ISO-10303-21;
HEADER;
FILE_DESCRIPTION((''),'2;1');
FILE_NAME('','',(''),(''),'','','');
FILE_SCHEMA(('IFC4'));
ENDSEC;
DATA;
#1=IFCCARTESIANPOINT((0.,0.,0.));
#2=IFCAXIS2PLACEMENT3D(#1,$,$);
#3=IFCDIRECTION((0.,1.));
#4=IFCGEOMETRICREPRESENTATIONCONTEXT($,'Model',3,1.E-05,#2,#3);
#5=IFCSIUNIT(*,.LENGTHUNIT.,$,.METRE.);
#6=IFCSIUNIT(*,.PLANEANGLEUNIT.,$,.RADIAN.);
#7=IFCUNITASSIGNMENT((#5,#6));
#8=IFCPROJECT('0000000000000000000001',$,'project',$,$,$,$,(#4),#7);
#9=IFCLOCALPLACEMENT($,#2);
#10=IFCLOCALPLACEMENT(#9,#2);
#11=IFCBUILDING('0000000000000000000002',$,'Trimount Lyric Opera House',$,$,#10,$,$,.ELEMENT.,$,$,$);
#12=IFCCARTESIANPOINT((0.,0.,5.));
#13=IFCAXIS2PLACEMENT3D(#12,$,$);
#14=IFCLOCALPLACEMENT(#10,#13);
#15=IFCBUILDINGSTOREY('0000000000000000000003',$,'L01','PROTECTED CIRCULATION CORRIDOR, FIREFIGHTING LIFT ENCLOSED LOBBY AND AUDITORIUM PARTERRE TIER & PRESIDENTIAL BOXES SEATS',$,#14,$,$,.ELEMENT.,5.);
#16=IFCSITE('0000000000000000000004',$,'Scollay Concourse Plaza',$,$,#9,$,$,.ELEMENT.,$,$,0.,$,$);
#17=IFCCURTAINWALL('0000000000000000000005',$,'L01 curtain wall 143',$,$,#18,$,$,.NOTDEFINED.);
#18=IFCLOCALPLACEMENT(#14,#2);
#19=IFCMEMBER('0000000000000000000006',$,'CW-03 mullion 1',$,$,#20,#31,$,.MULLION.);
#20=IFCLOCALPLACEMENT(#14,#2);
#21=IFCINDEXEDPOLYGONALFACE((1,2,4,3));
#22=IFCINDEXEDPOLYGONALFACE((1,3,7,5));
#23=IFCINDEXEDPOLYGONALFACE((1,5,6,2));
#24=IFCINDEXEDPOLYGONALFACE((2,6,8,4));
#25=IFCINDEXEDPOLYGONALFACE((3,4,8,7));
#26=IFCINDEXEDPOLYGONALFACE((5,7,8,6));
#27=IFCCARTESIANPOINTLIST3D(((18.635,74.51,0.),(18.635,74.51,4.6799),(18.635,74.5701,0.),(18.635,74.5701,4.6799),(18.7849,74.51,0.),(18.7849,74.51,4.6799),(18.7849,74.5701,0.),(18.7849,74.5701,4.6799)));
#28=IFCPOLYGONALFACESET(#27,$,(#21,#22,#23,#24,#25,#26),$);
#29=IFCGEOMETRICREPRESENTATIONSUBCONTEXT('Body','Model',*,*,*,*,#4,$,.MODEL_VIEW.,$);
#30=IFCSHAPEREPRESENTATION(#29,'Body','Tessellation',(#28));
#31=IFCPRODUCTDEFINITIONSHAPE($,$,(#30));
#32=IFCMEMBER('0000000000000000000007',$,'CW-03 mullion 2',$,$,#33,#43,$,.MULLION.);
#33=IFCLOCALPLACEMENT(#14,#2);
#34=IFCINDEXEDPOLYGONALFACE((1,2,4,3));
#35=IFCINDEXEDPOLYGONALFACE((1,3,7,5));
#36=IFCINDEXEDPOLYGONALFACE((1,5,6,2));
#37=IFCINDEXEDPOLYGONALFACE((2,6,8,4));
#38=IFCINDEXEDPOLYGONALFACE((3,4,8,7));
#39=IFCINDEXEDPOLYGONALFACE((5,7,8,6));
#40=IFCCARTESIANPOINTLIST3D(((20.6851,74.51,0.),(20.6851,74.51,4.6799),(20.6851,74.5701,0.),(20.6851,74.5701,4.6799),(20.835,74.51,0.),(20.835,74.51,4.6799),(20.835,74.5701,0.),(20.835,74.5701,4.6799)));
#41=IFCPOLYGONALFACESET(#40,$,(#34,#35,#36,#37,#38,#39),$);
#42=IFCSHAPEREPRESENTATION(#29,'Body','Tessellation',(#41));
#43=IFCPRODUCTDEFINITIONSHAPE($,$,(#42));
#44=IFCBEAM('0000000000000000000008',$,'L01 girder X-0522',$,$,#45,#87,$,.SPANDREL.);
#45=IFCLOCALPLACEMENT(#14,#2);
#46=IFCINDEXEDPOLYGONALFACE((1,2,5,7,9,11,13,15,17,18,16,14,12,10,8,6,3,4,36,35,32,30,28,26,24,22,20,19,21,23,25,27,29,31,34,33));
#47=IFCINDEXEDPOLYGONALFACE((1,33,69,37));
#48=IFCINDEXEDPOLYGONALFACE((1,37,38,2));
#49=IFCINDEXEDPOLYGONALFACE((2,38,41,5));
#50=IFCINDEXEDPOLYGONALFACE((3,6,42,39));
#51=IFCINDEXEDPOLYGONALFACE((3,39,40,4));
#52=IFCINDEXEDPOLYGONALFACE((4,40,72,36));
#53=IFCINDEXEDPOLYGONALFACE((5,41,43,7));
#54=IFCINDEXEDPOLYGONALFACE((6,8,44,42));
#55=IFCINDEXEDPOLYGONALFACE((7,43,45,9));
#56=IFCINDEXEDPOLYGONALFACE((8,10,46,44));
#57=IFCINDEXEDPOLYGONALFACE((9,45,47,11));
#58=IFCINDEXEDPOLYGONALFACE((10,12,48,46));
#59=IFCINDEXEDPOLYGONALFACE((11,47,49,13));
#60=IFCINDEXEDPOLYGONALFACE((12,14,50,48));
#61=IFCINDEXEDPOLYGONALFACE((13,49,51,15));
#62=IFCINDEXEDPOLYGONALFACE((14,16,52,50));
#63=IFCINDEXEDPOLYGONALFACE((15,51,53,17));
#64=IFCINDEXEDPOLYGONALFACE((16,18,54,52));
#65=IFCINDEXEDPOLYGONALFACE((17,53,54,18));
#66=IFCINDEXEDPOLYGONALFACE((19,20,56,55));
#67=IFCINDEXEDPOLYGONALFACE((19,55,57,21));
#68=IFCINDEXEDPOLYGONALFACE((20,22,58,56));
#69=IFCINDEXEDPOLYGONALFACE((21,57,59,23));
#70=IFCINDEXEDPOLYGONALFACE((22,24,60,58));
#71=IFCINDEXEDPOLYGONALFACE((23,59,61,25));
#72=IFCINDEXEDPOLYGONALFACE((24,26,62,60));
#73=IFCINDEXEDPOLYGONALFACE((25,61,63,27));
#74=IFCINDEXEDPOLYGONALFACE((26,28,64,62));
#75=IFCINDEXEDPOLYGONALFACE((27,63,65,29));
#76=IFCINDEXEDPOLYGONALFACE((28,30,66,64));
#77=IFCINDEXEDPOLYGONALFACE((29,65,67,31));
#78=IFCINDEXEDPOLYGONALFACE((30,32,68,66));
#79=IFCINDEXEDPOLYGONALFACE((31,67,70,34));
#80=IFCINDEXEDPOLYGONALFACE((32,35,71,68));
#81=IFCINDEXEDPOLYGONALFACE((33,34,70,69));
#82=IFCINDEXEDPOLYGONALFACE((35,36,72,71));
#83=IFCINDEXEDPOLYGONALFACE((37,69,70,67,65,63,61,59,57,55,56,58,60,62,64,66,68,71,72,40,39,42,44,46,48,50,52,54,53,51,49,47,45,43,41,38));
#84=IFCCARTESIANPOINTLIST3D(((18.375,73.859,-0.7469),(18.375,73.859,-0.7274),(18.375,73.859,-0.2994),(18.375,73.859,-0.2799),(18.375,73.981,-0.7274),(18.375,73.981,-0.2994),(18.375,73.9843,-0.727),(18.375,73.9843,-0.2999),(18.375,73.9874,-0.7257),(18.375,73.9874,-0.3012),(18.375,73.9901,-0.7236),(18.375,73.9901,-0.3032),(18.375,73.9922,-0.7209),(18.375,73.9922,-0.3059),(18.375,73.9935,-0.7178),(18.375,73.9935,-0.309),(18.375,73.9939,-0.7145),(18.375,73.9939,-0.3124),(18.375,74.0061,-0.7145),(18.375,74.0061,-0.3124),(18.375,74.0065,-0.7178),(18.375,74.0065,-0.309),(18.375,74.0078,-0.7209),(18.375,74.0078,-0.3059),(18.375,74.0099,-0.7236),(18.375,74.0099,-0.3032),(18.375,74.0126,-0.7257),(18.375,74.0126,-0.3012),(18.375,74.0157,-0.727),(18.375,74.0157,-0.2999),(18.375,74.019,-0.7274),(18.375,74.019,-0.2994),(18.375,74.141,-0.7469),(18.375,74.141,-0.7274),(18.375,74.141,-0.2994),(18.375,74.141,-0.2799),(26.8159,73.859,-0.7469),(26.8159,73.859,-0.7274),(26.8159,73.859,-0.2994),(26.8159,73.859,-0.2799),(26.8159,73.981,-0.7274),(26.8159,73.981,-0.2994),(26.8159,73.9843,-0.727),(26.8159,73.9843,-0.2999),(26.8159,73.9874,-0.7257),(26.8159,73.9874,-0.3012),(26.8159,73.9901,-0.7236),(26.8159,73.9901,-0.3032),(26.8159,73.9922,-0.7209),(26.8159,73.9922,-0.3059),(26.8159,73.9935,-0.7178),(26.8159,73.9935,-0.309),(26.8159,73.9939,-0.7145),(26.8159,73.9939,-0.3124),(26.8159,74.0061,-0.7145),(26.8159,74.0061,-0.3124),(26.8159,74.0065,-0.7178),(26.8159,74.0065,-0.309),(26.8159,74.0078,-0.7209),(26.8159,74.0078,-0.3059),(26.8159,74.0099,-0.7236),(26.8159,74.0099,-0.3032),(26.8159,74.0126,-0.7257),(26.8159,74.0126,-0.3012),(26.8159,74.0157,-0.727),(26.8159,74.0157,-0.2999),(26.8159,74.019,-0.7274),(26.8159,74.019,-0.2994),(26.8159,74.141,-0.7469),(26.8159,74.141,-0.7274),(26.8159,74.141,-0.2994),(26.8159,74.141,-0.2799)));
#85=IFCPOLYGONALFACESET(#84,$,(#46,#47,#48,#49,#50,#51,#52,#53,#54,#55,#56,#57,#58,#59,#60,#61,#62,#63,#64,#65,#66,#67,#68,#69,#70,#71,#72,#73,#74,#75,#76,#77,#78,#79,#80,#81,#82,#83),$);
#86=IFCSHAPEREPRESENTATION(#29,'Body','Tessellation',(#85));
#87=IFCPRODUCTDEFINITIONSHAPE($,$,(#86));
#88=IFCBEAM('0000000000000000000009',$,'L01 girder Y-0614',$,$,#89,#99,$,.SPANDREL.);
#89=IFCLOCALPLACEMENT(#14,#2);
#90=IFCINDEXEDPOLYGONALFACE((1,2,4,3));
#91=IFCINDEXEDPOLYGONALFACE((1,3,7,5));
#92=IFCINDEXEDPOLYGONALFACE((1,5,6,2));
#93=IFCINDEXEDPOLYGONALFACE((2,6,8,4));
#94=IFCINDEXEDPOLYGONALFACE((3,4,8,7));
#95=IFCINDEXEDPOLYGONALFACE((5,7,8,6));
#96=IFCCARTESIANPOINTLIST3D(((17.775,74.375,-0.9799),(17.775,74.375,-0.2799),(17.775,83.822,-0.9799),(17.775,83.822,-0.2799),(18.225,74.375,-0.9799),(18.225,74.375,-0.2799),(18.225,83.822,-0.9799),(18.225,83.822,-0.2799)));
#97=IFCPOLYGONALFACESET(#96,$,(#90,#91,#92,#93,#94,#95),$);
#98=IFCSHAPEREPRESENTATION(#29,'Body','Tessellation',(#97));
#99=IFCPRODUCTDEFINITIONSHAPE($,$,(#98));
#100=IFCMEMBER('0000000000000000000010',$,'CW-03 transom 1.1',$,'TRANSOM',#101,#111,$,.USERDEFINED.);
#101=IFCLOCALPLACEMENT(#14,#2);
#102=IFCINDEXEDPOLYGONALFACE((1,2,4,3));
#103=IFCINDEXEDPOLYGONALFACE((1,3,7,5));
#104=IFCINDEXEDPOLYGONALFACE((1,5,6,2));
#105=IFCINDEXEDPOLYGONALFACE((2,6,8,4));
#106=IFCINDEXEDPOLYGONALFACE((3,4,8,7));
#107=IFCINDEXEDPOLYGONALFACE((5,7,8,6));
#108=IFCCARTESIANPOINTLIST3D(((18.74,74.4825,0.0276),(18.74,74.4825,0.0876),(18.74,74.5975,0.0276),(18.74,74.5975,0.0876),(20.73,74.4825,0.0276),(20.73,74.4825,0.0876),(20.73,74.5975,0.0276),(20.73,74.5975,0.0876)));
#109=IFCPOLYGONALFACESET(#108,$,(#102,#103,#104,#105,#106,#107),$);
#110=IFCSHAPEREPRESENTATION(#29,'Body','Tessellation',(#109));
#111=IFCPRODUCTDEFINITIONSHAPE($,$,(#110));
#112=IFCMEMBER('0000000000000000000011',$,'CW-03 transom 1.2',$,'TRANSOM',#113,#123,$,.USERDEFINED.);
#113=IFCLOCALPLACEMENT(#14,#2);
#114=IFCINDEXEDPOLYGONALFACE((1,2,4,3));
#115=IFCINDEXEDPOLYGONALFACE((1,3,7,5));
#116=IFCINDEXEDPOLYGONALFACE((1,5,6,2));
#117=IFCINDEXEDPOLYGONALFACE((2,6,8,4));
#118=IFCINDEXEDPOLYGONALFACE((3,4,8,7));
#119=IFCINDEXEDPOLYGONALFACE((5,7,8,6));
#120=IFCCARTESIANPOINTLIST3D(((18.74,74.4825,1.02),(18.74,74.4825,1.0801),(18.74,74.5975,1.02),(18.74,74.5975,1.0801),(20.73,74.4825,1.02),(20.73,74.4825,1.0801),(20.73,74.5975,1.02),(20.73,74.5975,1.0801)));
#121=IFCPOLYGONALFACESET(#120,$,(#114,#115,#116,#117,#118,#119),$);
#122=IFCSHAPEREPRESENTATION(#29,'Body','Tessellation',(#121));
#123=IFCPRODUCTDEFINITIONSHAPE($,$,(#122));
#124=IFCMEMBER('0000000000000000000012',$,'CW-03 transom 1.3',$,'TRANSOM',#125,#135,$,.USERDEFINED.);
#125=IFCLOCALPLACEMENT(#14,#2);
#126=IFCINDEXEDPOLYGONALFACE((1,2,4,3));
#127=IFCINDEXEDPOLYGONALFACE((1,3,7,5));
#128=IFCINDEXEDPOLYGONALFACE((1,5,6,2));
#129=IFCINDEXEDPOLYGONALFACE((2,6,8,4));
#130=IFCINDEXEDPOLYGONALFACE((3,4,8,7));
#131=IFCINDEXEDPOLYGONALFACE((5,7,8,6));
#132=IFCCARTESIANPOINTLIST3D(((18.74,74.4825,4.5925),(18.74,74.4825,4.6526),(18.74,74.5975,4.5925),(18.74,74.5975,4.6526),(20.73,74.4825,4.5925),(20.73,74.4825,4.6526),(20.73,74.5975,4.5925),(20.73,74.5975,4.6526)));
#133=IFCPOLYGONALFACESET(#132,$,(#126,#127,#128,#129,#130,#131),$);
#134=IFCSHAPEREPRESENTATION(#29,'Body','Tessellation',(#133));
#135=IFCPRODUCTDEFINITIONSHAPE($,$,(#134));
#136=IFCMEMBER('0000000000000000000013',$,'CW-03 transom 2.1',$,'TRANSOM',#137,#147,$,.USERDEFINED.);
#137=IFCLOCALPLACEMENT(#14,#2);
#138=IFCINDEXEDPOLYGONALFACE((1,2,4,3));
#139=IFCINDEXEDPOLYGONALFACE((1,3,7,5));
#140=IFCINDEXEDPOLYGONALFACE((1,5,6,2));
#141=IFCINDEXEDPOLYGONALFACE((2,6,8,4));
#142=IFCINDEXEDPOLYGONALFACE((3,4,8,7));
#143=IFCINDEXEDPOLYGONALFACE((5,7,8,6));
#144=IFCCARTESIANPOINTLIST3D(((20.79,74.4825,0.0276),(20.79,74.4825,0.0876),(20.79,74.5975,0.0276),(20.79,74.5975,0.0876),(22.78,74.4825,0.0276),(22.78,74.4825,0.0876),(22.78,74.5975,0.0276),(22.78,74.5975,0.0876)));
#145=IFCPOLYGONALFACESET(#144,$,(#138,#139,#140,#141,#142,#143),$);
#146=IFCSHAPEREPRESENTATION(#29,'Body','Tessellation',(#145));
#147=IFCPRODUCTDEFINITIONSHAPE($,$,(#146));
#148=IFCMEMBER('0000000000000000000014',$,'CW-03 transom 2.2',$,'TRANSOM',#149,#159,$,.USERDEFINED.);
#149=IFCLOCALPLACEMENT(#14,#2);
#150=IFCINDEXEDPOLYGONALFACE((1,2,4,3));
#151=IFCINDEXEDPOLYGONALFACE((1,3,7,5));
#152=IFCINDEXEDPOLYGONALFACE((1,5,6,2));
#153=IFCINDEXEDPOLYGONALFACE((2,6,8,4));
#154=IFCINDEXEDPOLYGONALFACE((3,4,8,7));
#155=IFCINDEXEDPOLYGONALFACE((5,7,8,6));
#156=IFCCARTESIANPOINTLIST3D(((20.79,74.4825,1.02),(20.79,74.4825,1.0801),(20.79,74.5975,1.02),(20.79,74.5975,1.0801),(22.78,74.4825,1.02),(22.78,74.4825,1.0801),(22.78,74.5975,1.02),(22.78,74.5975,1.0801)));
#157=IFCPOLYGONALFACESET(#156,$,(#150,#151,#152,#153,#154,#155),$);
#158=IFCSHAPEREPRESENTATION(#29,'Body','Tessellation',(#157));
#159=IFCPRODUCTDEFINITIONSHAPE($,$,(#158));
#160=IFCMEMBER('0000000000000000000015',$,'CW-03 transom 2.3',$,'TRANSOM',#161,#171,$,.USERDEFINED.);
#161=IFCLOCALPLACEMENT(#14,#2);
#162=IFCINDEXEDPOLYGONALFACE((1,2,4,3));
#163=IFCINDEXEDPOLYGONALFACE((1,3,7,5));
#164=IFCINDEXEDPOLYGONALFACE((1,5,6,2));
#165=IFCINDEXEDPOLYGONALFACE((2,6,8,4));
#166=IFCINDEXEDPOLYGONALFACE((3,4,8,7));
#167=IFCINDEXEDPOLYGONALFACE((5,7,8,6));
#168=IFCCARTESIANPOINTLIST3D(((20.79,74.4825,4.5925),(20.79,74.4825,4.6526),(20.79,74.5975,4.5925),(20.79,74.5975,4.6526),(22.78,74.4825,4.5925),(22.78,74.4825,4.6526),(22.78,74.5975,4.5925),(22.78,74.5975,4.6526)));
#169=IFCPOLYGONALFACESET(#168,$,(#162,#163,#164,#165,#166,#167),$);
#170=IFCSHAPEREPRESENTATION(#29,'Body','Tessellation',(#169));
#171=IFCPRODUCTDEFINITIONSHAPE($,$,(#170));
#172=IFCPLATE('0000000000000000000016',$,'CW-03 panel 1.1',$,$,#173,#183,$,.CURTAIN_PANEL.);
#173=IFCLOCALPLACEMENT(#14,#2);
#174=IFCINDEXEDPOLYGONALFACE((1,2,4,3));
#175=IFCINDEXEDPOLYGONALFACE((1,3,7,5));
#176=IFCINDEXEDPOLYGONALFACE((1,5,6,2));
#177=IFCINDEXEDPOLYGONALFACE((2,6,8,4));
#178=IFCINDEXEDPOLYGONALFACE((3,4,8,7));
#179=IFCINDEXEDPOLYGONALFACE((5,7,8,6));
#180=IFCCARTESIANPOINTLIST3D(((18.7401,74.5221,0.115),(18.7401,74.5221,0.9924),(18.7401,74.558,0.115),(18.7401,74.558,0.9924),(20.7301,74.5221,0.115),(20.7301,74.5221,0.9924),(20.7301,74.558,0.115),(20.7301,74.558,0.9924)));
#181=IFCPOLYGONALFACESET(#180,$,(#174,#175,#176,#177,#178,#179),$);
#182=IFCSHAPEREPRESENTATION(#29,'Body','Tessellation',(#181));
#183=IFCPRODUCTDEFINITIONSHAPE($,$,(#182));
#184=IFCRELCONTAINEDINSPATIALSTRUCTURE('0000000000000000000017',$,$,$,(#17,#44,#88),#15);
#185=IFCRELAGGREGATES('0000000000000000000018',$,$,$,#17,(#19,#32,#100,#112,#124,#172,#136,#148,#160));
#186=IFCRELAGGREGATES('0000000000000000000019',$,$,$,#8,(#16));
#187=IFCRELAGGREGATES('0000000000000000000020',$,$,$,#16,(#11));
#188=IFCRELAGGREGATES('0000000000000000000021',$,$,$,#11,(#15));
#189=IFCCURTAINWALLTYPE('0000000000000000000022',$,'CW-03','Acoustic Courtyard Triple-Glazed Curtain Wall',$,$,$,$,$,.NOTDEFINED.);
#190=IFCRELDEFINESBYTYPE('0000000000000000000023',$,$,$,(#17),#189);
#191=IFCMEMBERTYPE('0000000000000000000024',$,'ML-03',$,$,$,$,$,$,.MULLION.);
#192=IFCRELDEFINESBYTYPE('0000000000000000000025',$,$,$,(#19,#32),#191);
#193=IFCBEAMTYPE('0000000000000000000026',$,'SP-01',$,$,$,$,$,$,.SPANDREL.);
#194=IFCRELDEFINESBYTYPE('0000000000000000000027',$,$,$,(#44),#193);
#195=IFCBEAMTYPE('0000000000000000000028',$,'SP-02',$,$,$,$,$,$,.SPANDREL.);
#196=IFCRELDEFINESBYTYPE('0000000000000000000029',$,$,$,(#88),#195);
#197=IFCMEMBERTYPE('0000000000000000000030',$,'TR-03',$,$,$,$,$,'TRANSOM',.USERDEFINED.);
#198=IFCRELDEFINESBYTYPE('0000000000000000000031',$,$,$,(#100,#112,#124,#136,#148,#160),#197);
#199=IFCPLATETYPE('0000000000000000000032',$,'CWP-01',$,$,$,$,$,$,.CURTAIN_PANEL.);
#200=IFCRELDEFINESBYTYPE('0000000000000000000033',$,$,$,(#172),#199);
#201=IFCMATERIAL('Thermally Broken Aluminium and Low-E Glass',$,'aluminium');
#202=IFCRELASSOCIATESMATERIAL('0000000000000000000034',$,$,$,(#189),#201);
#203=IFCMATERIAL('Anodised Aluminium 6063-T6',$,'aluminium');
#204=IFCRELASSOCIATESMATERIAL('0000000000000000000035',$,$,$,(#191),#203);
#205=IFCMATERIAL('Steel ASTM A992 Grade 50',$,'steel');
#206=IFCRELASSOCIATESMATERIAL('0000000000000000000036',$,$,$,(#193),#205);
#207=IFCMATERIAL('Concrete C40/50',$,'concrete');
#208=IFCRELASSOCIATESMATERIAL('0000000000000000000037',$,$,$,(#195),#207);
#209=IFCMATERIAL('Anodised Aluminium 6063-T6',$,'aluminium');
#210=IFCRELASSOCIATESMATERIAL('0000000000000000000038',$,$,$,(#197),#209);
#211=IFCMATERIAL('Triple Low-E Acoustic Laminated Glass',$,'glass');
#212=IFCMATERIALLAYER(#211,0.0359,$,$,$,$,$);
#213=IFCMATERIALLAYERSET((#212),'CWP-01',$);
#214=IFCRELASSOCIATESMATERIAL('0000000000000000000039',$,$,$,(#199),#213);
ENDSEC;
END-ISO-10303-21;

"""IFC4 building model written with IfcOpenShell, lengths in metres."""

from ifc_helpers import new_model, si_unit, direction, frame, origin, origin_2d, place, context, subcontext, project, spatial, rectangle, i_section, extrude, material, layer, layer_set, material_profile, profile_set, type_object, element, aggregate, save


model = new_model("IFC4")

# Units and contexts
model_context = context("Model", 3, precision=1e-05, world=origin(), true_north=direction((0.0, 1.0)))
body_context = subcontext(model_context, "Body", "Model", "MODEL_VIEW")
ifc_project = project(units=[si_unit("LENGTHUNIT", "METRE"), si_unit("PLANEANGLEUNIT", "RADIAN")], contexts=[model_context])

# Site, building, storey
site_placement = place(None, origin())
site = spatial("IfcSite", under=ifc_project, at=site_placement, Name="Scollay Concourse Plaza", CompositionType="ELEMENT", RefElevation=0.0)
building_placement = place(site_placement, origin())
building = spatial("IfcBuilding", under=site, at=building_placement, Name="Trimount Lyric Opera House", CompositionType="ELEMENT")
storey_placement = place(building_placement, frame((0.0, 0.0, 5.0)))
storey = spatial("IfcBuildingStorey", under=building, at=storey_placement, Name="L01", Description="PROTECTED CIRCULATION CORRIDOR, FIREFIGHTING LIFT ENCLOSED LOBBY AND AUDITORIUM PARTERRE TIER & PRESIDENTIAL BOXES SEATS", CompositionType="ELEMENT", Elevation=5.0)

# Curtain wall, members
ifc_material_1 = material(Name="Thermally Broken Aluminium and Low-E Glass", Category="aluminium")
curtain_wall_type = type_object("IfcCurtainWallType", Name="CW-03", Description="Acoustic Courtyard Triple-Glazed Curtain Wall", PredefinedType="NOTDEFINED", material=ifc_material_1)
curtain_wall_placement = place(storey_placement, origin())
curtain_wall = element("IfcCurtainWall", 1, at=curtain_wall_placement, inside=storey, type_object=curtain_wall_type, Name="L01 curtain wall 143", PredefinedType="NOTDEFINED")
ifc_material_2 = material(Name="Anodised Aluminium 6063-T6", Category="aluminium")
ifc_material_profile_1 = material_profile(ifc_material_2, rectangle(XDim=0.0601, YDim=0.1499, at=origin_2d()), Name="ALU-MULL-60X150")
ifc_profile_set_1 = profile_set([ifc_material_profile_1], Name="Anodised Aluminium 6063-T6")
member_type_1 = type_object("IfcMemberType", Name="ML-03", PredefinedType="MULLION", material=ifc_profile_set_1)
member_1_placement = place(storey_placement, frame((18.71, 74.54, 0.0), z_axis=(0.0, 0.0, 1.0), x_axis=(0.0, 1.0, 0.0)))
member_1 = element("IfcMember", 2, at=member_1_placement, type_object=member_type_1, Name="CW-03 mullion 1", PredefinedType="MULLION", context=body_context, shape_type="SweptSolid", body=[
    extrude(rectangle(XDim=0.0601, YDim=0.1499, at=origin_2d()), origin(), (0.0, 0.0, 1.0), 4.6799),
])
member_2_placement = place(storey_placement, frame((20.76, 74.54, 0.0), z_axis=(0.0, 0.0, 1.0), x_axis=(0.0, 1.0, 0.0)))
member_2 = element("IfcMember", 3, at=member_2_placement, type_object=member_type_1, Name="CW-03 mullion 2", PredefinedType="MULLION", context=body_context, shape_type="SweptSolid", body=[
    extrude(rectangle(XDim=0.0601, YDim=0.1499, at=origin_2d()), origin(), (0.0, 0.0, 1.0), 4.6799),
])

# Beams
ifc_material_3 = material(Name="Steel ASTM A992 Grade 50", Category="steel")
ifc_material_profile_2 = material_profile(ifc_material_3, i_section(OverallWidth=0.282, OverallDepth=0.467, WebThickness=0.0122, FlangeThickness=0.0195, FilletRadius=0.0129, at=origin_2d()), Name="W18X86")
ifc_profile_set_2 = profile_set([ifc_material_profile_2], Name="Steel ASTM A992 Grade 50")
beam_type_1 = type_object("IfcBeamType", Name="SP-01", PredefinedType="SPANDREL", material=ifc_profile_set_2)
beam_1_placement = place(storey_placement, frame((18.375, 74.0, -0.5134), z_axis=(1.0, 0.0, 0.0), x_axis=(0.0, 1.0, 0.0)))
element("IfcBeam", 4, at=beam_1_placement, inside=storey, type_object=beam_type_1, Name="L01 girder X-0522", PredefinedType="SPANDREL", context=body_context, shape_type="SweptSolid", body=[
    extrude(i_section(OverallWidth=0.282, OverallDepth=0.467, WebThickness=0.0122, FlangeThickness=0.0195, FilletRadius=0.0129, at=origin_2d()), origin(), (0.0, 0.0, 1.0), 8.4409),
])
ifc_material_4 = material(Name="Concrete C40/50", Category="concrete")
ifc_material_profile_3 = material_profile(ifc_material_4, rectangle(XDim=0.45, YDim=0.7, at=origin_2d()), Name="RC450X700")
ifc_profile_set_3 = profile_set([ifc_material_profile_3], Name="Concrete C40/50")
beam_type_2 = type_object("IfcBeamType", Name="SP-02", PredefinedType="SPANDREL", material=ifc_profile_set_3)
beam_2_placement = place(storey_placement, frame((18.0, 74.375, -0.6299), z_axis=(0.0, 1.0, 0.0), x_axis=(-1.0, 0.0, 0.0)))
element("IfcBeam", 5, at=beam_2_placement, inside=storey, type_object=beam_type_2, Name="L01 girder Y-0614", PredefinedType="SPANDREL", context=body_context, shape_type="SweptSolid", body=[
    extrude(rectangle(XDim=0.45, YDim=0.7, at=origin_2d()), origin(), (0.0, 0.0, 1.0), 9.447),
])

# Members
ifc_material_5 = material(Name="Anodised Aluminium 6063-T6", Category="aluminium")
ifc_material_profile_4 = material_profile(ifc_material_5, rectangle(XDim=0.115, YDim=0.0601, at=origin_2d()), Name="ALU-TRAN-60X115")
ifc_profile_set_4 = profile_set([ifc_material_profile_4], Name="Anodised Aluminium 6063-T6")
member_type_2 = type_object("IfcMemberType", Name="TR-03", ElementType="TRANSOM", PredefinedType="USERDEFINED", material=ifc_profile_set_4)
member_3_placement = place(storey_placement, frame((18.74, 74.54, 0.0576), z_axis=(1.0, 0.0, 0.0), x_axis=(0.0, 1.0, 0.0)))
member_3 = element("IfcMember", 6, at=member_3_placement, type_object=member_type_2, Name="CW-03 transom 1.1", ObjectType="TRANSOM", PredefinedType="USERDEFINED", context=body_context, shape_type="SweptSolid", body=[
    extrude(rectangle(XDim=0.115, YDim=0.0601, at=origin_2d()), origin(), (0.0, 0.0, 1.0), 1.99),
])
member_4_placement = place(storey_placement, frame((18.74, 74.54, 1.05), z_axis=(1.0, 0.0, 0.0), x_axis=(0.0, 1.0, 0.0)))
member_4 = element("IfcMember", 7, at=member_4_placement, type_object=member_type_2, Name="CW-03 transom 1.2", ObjectType="TRANSOM", PredefinedType="USERDEFINED", context=body_context, shape_type="SweptSolid", body=[
    extrude(rectangle(XDim=0.115, YDim=0.0601, at=origin_2d()), origin(), (0.0, 0.0, 1.0), 1.99),
])
member_5_placement = place(storey_placement, frame((18.74, 74.54, 4.6226), z_axis=(1.0, 0.0, 0.0), x_axis=(0.0, 1.0, 0.0)))
member_5 = element("IfcMember", 8, at=member_5_placement, type_object=member_type_2, Name="CW-03 transom 1.3", ObjectType="TRANSOM", PredefinedType="USERDEFINED", context=body_context, shape_type="SweptSolid", body=[
    extrude(rectangle(XDim=0.115, YDim=0.0601, at=origin_2d()), origin(), (0.0, 0.0, 1.0), 1.99),
])
member_6_placement = place(storey_placement, frame((20.79, 74.54, 0.0576), z_axis=(1.0, 0.0, 0.0), x_axis=(0.0, 1.0, 0.0)))
member_6 = element("IfcMember", 9, at=member_6_placement, type_object=member_type_2, Name="CW-03 transom 2.1", ObjectType="TRANSOM", PredefinedType="USERDEFINED", context=body_context, shape_type="SweptSolid", body=[
    extrude(rectangle(XDim=0.115, YDim=0.0601, at=origin_2d()), origin(), (0.0, 0.0, 1.0), 1.99),
])
member_7_placement = place(storey_placement, frame((20.79, 74.54, 1.05), z_axis=(1.0, 0.0, 0.0), x_axis=(0.0, 1.0, 0.0)))
member_7 = element("IfcMember", 10, at=member_7_placement, type_object=member_type_2, Name="CW-03 transom 2.2", ObjectType="TRANSOM", PredefinedType="USERDEFINED", context=body_context, shape_type="SweptSolid", body=[
    extrude(rectangle(XDim=0.115, YDim=0.0601, at=origin_2d()), origin(), (0.0, 0.0, 1.0), 1.99),
])
member_8_placement = place(storey_placement, frame((20.79, 74.54, 4.6226), z_axis=(1.0, 0.0, 0.0), x_axis=(0.0, 1.0, 0.0)))
member_8 = element("IfcMember", 11, at=member_8_placement, type_object=member_type_2, Name="CW-03 transom 2.3", ObjectType="TRANSOM", PredefinedType="USERDEFINED", context=body_context, shape_type="SweptSolid", body=[
    extrude(rectangle(XDim=0.115, YDim=0.0601, at=origin_2d()), origin(), (0.0, 0.0, 1.0), 1.99),
])

# Plate
ifc_material_6 = material(Name="Triple Low-E Acoustic Laminated Glass", Category="glass")
ifc_layer_1 = layer(ifc_material_6, 0.0359)
ifc_layer_set_1 = layer_set([ifc_layer_1], Name="CWP-01")
plate_type_1 = type_object("IfcPlateType", Name="CWP-01", PredefinedType="CURTAIN_PANEL", material=ifc_layer_set_1)
plate_1_placement = place(storey_placement, frame((19.7351, 74.54, 0.115), z_axis=(0.0, 0.0, 1.0), x_axis=(1.0, 0.0, 0.0)))
plate_1 = element("IfcPlate", 12, at=plate_1_placement, type_object=plate_type_1, Name="CW-03 panel 1.1", PredefinedType="CURTAIN_PANEL", context=body_context, shape_type="SweptSolid", body=[
    extrude(rectangle(XDim=1.99, YDim=0.0359, at=origin_2d()), origin(), (0.0, 0.0, 1.0), 0.8774),
])
aggregate(curtain_wall, [member_1, member_2, member_3, member_4, member_5, plate_1, member_6, member_7, member_8])

save(model, "model.ifc")
